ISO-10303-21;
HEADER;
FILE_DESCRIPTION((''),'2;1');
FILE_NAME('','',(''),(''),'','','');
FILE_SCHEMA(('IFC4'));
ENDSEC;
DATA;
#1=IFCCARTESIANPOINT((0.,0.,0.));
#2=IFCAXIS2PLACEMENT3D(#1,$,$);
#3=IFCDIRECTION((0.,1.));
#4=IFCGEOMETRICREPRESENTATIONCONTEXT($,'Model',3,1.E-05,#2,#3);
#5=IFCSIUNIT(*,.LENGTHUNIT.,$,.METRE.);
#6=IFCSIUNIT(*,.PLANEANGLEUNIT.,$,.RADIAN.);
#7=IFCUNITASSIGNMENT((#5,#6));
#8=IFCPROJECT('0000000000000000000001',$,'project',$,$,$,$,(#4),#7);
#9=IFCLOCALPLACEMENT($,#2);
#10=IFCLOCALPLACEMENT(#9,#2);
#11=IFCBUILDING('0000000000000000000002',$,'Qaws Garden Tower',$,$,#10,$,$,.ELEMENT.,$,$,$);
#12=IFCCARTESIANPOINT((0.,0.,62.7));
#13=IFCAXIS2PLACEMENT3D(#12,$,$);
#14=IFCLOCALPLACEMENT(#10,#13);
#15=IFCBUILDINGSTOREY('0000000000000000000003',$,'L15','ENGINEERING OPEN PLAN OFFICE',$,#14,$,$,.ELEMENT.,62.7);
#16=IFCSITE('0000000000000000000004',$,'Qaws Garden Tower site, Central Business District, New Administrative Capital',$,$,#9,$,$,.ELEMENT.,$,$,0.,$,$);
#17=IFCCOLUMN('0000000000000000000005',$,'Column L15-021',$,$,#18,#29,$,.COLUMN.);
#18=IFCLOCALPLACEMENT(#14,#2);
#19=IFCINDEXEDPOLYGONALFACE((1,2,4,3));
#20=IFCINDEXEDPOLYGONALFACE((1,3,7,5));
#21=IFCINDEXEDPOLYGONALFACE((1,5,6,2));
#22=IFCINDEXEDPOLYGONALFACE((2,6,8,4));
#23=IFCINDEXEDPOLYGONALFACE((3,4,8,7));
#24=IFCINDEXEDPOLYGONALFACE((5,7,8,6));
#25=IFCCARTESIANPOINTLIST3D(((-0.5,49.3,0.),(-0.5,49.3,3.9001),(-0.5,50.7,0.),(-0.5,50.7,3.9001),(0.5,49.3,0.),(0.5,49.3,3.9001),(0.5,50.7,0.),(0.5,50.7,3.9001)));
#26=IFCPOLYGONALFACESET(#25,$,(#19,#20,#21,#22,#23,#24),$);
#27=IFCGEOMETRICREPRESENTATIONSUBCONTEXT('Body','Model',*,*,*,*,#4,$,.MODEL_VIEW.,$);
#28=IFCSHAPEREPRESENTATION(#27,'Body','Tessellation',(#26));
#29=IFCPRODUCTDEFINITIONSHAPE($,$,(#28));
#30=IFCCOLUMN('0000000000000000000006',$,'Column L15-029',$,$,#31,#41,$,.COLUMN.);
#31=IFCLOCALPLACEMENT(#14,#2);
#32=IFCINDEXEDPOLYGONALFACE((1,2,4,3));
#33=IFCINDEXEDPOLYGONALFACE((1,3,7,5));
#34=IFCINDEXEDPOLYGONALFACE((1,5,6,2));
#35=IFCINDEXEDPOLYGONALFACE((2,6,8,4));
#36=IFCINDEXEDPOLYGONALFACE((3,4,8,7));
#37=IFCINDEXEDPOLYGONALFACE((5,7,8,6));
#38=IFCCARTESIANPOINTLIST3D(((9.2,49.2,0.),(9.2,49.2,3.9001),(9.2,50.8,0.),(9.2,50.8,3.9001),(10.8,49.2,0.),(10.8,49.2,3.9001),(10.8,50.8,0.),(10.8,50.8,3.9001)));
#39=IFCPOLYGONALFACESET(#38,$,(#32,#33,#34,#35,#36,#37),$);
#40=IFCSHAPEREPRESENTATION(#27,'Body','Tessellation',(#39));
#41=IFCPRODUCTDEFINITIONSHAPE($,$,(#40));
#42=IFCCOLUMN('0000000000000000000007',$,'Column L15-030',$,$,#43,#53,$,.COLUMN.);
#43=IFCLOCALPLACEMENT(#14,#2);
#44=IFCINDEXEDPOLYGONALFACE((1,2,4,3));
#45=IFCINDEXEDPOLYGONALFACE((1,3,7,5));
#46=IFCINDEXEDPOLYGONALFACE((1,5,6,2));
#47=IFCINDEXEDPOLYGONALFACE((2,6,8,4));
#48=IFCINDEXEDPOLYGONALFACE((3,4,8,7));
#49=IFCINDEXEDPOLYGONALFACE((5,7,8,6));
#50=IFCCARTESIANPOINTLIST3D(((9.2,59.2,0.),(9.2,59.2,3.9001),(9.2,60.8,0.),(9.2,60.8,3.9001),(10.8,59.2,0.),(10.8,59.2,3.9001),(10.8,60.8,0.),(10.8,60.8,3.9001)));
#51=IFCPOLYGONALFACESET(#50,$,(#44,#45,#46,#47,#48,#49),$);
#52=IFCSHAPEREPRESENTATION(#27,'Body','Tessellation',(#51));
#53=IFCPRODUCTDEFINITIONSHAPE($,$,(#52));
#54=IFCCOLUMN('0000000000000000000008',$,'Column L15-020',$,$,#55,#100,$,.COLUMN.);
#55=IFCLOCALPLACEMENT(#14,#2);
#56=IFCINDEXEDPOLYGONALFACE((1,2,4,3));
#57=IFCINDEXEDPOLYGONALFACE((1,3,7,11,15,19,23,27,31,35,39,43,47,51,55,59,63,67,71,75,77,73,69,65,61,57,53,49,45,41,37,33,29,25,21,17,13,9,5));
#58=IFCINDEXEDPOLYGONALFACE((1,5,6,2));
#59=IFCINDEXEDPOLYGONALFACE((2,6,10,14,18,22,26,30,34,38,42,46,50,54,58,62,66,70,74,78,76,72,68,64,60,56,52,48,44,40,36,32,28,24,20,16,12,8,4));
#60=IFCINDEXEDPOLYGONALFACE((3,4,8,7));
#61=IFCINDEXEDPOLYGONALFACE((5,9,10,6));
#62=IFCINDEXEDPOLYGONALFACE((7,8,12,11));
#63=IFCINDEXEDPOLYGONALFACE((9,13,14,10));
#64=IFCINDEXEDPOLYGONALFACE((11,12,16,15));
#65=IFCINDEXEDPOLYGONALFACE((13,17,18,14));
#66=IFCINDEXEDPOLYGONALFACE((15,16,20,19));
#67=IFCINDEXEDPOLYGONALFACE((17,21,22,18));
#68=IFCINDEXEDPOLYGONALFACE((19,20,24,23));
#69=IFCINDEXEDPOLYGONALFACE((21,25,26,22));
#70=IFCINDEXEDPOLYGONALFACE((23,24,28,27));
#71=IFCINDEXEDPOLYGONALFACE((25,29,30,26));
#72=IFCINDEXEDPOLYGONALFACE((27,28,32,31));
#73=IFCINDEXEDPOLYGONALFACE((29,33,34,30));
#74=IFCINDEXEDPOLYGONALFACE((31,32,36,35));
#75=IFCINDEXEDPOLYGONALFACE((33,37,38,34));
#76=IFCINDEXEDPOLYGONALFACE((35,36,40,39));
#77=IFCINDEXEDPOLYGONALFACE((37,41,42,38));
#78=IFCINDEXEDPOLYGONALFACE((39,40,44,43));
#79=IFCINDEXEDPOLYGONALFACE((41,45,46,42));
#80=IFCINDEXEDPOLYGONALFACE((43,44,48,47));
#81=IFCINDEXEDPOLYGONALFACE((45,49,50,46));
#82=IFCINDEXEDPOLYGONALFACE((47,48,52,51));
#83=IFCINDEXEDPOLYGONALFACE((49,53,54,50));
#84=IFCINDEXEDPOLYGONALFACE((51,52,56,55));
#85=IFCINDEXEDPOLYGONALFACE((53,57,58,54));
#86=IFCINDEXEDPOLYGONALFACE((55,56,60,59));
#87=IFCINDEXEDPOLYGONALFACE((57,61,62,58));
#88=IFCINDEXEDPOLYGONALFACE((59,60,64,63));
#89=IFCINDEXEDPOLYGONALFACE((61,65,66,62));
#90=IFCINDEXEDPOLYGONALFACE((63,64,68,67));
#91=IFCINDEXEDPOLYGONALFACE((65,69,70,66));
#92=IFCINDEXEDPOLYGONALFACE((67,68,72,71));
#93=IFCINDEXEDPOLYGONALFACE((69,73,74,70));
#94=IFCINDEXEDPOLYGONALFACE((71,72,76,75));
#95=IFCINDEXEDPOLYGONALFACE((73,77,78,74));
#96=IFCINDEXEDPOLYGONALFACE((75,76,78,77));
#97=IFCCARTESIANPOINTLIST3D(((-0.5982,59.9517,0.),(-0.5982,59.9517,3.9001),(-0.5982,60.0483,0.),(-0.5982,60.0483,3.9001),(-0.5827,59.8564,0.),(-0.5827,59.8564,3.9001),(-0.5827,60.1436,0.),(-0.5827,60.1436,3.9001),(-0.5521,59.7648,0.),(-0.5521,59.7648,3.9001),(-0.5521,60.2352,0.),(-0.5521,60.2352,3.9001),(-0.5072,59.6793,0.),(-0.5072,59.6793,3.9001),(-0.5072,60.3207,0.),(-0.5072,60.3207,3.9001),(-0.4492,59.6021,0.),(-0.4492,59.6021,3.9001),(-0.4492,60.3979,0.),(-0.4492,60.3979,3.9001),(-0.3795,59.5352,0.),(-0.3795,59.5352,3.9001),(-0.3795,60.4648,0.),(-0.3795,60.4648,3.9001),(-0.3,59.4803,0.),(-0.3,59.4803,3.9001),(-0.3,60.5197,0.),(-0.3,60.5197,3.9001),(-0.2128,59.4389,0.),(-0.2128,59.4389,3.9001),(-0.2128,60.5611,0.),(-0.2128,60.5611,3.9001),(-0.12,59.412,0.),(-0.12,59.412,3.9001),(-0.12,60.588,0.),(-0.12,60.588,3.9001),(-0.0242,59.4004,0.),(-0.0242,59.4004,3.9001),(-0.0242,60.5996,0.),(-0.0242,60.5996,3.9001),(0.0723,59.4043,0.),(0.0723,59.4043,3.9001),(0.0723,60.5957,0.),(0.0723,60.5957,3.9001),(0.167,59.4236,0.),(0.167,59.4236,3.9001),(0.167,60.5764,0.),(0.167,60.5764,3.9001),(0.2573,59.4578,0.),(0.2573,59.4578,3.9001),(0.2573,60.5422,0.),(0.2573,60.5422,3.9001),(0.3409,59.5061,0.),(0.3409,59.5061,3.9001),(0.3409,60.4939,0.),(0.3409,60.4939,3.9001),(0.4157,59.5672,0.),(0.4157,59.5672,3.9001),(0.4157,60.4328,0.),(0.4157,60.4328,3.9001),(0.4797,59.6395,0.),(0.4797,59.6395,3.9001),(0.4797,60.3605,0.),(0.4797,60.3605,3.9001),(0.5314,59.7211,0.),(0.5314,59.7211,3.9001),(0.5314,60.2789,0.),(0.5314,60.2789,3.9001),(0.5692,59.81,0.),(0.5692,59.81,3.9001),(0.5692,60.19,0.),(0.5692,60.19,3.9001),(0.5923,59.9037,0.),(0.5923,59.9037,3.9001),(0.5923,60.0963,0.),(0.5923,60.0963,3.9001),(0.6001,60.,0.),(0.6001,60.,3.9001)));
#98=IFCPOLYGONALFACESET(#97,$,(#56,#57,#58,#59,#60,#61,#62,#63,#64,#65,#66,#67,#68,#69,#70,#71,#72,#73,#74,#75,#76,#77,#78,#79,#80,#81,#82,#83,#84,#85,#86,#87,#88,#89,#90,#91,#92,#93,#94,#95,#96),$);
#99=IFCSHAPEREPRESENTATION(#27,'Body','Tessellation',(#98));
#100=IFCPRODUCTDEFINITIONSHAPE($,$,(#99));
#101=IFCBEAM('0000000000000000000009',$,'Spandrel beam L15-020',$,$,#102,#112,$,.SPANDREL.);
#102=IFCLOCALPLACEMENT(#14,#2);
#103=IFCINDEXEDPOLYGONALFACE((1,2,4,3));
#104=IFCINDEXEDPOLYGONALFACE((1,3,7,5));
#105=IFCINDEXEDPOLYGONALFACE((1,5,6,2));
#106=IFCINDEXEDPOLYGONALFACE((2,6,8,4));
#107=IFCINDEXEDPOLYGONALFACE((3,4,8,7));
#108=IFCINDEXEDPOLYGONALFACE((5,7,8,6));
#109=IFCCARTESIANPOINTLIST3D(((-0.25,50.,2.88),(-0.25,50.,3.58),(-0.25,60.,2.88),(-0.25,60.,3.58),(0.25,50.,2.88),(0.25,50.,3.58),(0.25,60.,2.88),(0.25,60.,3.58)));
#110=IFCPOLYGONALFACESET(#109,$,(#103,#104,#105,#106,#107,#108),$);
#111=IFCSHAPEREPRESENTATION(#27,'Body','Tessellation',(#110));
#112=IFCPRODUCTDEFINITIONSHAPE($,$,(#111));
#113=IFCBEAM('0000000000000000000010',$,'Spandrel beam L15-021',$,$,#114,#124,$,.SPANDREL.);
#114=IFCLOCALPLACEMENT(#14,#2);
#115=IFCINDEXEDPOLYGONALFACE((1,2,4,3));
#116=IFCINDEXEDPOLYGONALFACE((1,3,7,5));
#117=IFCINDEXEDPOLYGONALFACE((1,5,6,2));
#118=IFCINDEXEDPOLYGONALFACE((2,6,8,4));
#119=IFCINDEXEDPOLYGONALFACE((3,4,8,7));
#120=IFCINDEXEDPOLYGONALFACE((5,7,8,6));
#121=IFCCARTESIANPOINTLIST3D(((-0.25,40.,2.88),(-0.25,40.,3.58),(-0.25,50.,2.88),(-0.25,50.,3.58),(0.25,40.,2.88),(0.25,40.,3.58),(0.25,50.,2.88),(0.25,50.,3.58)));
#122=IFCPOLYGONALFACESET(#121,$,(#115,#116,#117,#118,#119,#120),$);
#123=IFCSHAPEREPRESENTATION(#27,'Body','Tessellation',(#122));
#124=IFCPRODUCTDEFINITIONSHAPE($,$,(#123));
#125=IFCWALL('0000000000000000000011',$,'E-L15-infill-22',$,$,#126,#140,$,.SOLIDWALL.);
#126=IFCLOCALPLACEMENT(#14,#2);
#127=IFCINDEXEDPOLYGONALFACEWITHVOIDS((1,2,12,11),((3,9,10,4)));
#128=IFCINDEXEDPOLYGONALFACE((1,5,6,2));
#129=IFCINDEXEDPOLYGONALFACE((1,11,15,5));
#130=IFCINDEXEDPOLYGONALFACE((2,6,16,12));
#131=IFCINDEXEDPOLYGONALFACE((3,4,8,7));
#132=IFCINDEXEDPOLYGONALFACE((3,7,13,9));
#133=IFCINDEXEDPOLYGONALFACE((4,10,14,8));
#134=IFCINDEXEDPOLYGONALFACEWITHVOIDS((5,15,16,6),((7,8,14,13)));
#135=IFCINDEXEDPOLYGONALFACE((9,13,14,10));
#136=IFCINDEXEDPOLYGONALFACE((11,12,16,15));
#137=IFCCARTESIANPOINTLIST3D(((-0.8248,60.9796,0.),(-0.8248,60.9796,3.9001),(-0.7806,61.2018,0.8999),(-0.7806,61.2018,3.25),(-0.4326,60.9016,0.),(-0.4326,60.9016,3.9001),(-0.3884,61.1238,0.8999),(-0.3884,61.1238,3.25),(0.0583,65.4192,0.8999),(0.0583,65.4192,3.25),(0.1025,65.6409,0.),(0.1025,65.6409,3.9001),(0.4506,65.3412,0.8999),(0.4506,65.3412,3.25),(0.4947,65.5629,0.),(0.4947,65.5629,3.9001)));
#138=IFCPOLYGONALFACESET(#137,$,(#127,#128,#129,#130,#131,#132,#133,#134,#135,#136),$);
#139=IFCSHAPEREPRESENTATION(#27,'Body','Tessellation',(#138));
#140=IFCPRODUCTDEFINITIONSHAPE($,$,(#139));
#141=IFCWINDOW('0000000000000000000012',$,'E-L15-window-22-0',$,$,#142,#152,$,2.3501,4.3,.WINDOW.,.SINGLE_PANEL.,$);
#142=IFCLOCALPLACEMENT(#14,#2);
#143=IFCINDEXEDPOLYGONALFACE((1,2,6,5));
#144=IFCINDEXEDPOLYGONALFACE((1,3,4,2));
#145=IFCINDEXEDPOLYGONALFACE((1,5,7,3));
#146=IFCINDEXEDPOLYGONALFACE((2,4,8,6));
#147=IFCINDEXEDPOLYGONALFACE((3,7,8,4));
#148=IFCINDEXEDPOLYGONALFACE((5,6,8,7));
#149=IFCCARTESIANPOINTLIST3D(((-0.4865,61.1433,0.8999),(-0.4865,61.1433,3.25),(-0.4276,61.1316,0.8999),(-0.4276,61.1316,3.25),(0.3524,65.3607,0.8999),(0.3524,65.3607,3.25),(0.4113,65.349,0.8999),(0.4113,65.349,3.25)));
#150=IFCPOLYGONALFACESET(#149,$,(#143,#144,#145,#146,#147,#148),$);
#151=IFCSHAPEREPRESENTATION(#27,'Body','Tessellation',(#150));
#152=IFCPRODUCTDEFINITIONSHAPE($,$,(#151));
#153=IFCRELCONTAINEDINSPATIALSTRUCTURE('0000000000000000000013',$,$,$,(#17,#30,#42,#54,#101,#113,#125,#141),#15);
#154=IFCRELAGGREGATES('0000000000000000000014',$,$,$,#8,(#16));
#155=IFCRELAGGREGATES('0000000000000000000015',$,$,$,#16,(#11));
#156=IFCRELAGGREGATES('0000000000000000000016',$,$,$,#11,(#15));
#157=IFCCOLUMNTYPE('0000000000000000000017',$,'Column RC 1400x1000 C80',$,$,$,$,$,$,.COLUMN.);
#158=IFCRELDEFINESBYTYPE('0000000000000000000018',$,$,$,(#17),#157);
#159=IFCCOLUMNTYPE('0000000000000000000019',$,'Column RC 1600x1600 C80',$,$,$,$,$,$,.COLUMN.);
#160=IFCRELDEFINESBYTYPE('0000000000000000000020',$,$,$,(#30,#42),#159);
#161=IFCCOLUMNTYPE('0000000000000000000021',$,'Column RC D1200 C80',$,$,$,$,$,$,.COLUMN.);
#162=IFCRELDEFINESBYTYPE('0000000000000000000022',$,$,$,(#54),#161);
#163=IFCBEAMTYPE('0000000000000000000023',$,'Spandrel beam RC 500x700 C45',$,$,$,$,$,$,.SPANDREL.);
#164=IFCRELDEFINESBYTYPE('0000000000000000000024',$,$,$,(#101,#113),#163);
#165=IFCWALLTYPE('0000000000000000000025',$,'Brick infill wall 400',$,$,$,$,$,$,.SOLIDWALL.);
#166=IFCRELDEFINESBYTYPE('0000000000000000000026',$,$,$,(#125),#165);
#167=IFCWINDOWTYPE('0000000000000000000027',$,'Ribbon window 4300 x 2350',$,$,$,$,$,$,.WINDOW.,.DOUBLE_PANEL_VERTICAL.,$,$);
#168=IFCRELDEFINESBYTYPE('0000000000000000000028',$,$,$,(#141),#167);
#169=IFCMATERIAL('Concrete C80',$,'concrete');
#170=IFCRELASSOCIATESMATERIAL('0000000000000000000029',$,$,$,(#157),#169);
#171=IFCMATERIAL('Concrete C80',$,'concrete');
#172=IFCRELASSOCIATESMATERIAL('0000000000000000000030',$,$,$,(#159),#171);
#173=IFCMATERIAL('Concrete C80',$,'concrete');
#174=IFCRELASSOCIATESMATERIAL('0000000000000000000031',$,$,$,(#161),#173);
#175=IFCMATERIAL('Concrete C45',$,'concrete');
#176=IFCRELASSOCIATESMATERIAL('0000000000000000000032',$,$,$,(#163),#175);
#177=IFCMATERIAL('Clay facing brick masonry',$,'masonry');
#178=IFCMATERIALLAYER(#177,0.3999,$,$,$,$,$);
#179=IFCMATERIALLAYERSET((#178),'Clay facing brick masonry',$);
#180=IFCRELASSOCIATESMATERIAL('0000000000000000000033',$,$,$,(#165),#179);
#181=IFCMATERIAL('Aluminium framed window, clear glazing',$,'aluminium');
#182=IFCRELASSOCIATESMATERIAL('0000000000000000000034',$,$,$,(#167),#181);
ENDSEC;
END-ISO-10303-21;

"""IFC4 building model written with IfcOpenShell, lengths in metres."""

from ifc_helpers import new_model, si_unit, direction, frame, frame_2d, origin, origin_2d, place, context, subcontext, project, spatial, rectangle, circle, extrude, material, layer, layer_set, material_profile, profile_set, type_object, element, fill, save


model = new_model("IFC4")

# Units and contexts
model_context = context("Model", 3, precision=1e-05, world=origin(), true_north=direction((0.0, 1.0)))
body_context = subcontext(model_context, "Body", "Model", "MODEL_VIEW")
ifc_project = project(units=[si_unit("LENGTHUNIT", "METRE"), si_unit("PLANEANGLEUNIT", "RADIAN")], contexts=[model_context])

# Site, building, storey
site_placement = place(None, origin())
site = spatial("IfcSite", under=ifc_project, at=site_placement, Name="Qaws Garden Tower site, Central Business District, New Administrative Capital", CompositionType="ELEMENT", RefElevation=0.0)
building_placement = place(site_placement, origin())
building = spatial("IfcBuilding", under=site, at=building_placement, Name="Qaws Garden Tower", CompositionType="ELEMENT")
storey_placement = place(building_placement, frame((0.0, 0.0, 62.7)))
storey = spatial("IfcBuildingStorey", under=building, at=storey_placement, Name="L15", Description="ENGINEERING OPEN PLAN OFFICE", CompositionType="ELEMENT", Elevation=62.7)

# Columns
ifc_material_1 = material(Name="Concrete C80", Category="concrete")
ifc_material_profile_1 = material_profile(ifc_material_1, rectangle(XDim=1.3999, YDim=1.0, at=origin_2d()), Name="RC 1400x1000")
ifc_profile_set_1 = profile_set([ifc_material_profile_1], Name="Concrete C80")
column_type_1 = type_object("IfcColumnType", Name="Column RC 1400x1000 C80", PredefinedType="COLUMN", material=ifc_profile_set_1)
column_1_placement = place(storey_placement, frame((0.0, 50.0, 0.0), z_axis=(0.0, 0.0, 1.0), x_axis=(0.0, 1.0, 0.0)))
element("IfcColumn", 1, at=column_1_placement, inside=storey, type_object=column_type_1, Name="Column L15-021", PredefinedType="COLUMN", context=body_context, shape_type="SweptSolid", body=[
    extrude(rectangle(XDim=1.3999, YDim=1.0, at=origin_2d()), origin(), (0.0, 0.0, 1.0), 3.9001),
])
ifc_material_2 = material(Name="Concrete C80", Category="concrete")
ifc_material_profile_2 = material_profile(ifc_material_2, rectangle(XDim=1.6001, YDim=1.6001, at=origin_2d()), Name="RC 1600x1600")
ifc_profile_set_2 = profile_set([ifc_material_profile_2], Name="Concrete C80")
column_type_2 = type_object("IfcColumnType", Name="Column RC 1600x1600 C80", PredefinedType="COLUMN", material=ifc_profile_set_2)
for number, where, z_axis, x_axis, name in (
    (2, (10.0, 50.0, 0.0), (0.0, 0.0, 1.0), (1.0, 0.0, 0.0), "Column L15-029"),
    (3, (10.0, 60.0, 0.0), (0.0, 0.0, 1.0), (1.0, 0.0, 0.0), "Column L15-030"),
):
    element("IfcColumn", number, at=place(storey_placement, frame(where, z_axis=z_axis, x_axis=x_axis)), inside=storey, type_object=column_type_2, Name=name, PredefinedType="COLUMN", context=body_context, shape_type="SweptSolid", body=[
        extrude(rectangle(XDim=1.6001, YDim=1.6001, at=origin_2d()), origin(), (0.0, 0.0, 1.0), 3.9001),
    ])
ifc_material_3 = material(Name="Concrete C80", Category="concrete")
ifc_material_profile_3 = material_profile(ifc_material_3, circle(Radius=0.6001, at=origin_2d()), Name="RC D1200")
ifc_profile_set_3 = profile_set([ifc_material_profile_3], Name="Concrete C80")
column_type_3 = type_object("IfcColumnType", Name="Column RC D1200 C80", PredefinedType="COLUMN", material=ifc_profile_set_3)
column_2_placement = place(storey_placement, frame((0.0, 60.0, 0.0), z_axis=(0.0, 0.0, 1.0), x_axis=(1.0, 0.0, 0.0)))
element("IfcColumn", 4, at=column_2_placement, inside=storey, type_object=column_type_3, Name="Column L15-020", PredefinedType="COLUMN", context=body_context, shape_type="SweptSolid", body=[
    extrude(circle(Radius=0.6001, at=origin_2d()), origin(), (0.0, 0.0, 1.0), 3.9001),
])

# Beams
ifc_material_4 = material(Name="Concrete C45", Category="concrete")
ifc_material_profile_4 = material_profile(ifc_material_4, rectangle(XDim=0.5, YDim=0.7, at=origin_2d()), Name="RC 500x700")
ifc_profile_set_4 = profile_set([ifc_material_profile_4], Name="Concrete C45")
beam_type = type_object("IfcBeamType", Name="Spandrel beam RC 500x700 C45", PredefinedType="SPANDREL", material=ifc_profile_set_4)
for number, where, z_axis, x_axis, name in (
    (5, (0.0, 60.0, 3.23), (0.0, -1.0, 0.0), (1.0, 0.0, 0.0), "Spandrel beam L15-020"),
    (6, (0.0, 50.0, 3.23), (0.0, -1.0, 0.0), (1.0, 0.0, 0.0), "Spandrel beam L15-021"),
):
    element("IfcBeam", number, at=place(storey_placement, frame(where, z_axis=z_axis, x_axis=x_axis)), inside=storey, type_object=beam_type, Name=name, PredefinedType="SPANDREL", context=body_context, shape_type="SweptSolid", body=[
        extrude(rectangle(XDim=0.5, YDim=0.7, at=origin_2d()), origin(), (0.0, 0.0, 1.0), 10.0),
    ])

# Wall, opening, window
ifc_material_5 = material(Name="Clay facing brick masonry", Category="masonry")
ifc_layer_1 = layer(ifc_material_5, 0.3999)
ifc_layer_set_1 = layer_set([ifc_layer_1], Name="Clay facing brick masonry")
wall_type_1 = type_object("IfcWallType", Name="Brick infill wall 400", PredefinedType="SOLIDWALL", material=ifc_layer_set_1)
wall_1_placement = place(storey_placement, frame((0.2986, 65.6021, 0.0), z_axis=(0.0, 0.0, 1.0), x_axis=(-0.195099, -0.980784, 0.0)))
wall_1 = element("IfcWall", 7, at=wall_1_placement, inside=storey, type_object=wall_type_1, Name="E-L15-infill-22", PredefinedType="SOLIDWALL", context=body_context, shape_type="SweptSolid", body=[
    extrude(rectangle(XDim=4.7527, YDim=0.3999, at=frame_2d((2.3765, 0.0))), origin(), (0.0, 0.0, 1.0), 3.9001),
])
opening_1_placement = place(wall_1_placement, frame((0.2263, 0.0, 0.8999)))
opening_1 = element("IfcOpeningElement", 8, at=opening_1_placement, cuts=wall_1, PredefinedType="OPENING", context=body_context, shape_type="SweptSolid", body=[
    extrude(rectangle(XDim=4.3, YDim=2.3501, at=frame_2d((2.1499, 1.175))), frame((0.0, 0.21, 0.0), z_axis=(0.0, -1.0, 0.0), x_axis=(1.0, 0.0, 0.0)), (0.0, 0.0, 1.0), 0.4199),
])
ifc_material_6 = material(Name="Aluminium framed window, clear glazing", Category="aluminium")
window_type_1 = type_object("IfcWindowType", Name="Ribbon window 4300 x 2350", PartitioningType="DOUBLE_PANEL_VERTICAL", PredefinedType="WINDOW", material=ifc_material_6)
window_1_placement = place(opening_1_placement, origin())
window_1 = element("IfcWindow", 9, at=window_1_placement, inside=storey, type_object=window_type_1, Name="E-L15-window-22-0", OverallHeight=2.3501, OverallWidth=4.3, PartitioningType="SINGLE_PANEL", PredefinedType="WINDOW", context=body_context, shape_type="SweptSolid", body=[
    extrude(rectangle(XDim=4.3, YDim=2.3501, at=frame_2d((2.1499, 1.175))), frame((0.0, 0.1599, 0.0), z_axis=(0.0, -1.0, 0.0), x_axis=(1.0, 0.0, 0.0)), (0.0, 0.0, 1.0), 0.0601),
])
fill(opening_1, window_1)

save(model, "model.ifc")
